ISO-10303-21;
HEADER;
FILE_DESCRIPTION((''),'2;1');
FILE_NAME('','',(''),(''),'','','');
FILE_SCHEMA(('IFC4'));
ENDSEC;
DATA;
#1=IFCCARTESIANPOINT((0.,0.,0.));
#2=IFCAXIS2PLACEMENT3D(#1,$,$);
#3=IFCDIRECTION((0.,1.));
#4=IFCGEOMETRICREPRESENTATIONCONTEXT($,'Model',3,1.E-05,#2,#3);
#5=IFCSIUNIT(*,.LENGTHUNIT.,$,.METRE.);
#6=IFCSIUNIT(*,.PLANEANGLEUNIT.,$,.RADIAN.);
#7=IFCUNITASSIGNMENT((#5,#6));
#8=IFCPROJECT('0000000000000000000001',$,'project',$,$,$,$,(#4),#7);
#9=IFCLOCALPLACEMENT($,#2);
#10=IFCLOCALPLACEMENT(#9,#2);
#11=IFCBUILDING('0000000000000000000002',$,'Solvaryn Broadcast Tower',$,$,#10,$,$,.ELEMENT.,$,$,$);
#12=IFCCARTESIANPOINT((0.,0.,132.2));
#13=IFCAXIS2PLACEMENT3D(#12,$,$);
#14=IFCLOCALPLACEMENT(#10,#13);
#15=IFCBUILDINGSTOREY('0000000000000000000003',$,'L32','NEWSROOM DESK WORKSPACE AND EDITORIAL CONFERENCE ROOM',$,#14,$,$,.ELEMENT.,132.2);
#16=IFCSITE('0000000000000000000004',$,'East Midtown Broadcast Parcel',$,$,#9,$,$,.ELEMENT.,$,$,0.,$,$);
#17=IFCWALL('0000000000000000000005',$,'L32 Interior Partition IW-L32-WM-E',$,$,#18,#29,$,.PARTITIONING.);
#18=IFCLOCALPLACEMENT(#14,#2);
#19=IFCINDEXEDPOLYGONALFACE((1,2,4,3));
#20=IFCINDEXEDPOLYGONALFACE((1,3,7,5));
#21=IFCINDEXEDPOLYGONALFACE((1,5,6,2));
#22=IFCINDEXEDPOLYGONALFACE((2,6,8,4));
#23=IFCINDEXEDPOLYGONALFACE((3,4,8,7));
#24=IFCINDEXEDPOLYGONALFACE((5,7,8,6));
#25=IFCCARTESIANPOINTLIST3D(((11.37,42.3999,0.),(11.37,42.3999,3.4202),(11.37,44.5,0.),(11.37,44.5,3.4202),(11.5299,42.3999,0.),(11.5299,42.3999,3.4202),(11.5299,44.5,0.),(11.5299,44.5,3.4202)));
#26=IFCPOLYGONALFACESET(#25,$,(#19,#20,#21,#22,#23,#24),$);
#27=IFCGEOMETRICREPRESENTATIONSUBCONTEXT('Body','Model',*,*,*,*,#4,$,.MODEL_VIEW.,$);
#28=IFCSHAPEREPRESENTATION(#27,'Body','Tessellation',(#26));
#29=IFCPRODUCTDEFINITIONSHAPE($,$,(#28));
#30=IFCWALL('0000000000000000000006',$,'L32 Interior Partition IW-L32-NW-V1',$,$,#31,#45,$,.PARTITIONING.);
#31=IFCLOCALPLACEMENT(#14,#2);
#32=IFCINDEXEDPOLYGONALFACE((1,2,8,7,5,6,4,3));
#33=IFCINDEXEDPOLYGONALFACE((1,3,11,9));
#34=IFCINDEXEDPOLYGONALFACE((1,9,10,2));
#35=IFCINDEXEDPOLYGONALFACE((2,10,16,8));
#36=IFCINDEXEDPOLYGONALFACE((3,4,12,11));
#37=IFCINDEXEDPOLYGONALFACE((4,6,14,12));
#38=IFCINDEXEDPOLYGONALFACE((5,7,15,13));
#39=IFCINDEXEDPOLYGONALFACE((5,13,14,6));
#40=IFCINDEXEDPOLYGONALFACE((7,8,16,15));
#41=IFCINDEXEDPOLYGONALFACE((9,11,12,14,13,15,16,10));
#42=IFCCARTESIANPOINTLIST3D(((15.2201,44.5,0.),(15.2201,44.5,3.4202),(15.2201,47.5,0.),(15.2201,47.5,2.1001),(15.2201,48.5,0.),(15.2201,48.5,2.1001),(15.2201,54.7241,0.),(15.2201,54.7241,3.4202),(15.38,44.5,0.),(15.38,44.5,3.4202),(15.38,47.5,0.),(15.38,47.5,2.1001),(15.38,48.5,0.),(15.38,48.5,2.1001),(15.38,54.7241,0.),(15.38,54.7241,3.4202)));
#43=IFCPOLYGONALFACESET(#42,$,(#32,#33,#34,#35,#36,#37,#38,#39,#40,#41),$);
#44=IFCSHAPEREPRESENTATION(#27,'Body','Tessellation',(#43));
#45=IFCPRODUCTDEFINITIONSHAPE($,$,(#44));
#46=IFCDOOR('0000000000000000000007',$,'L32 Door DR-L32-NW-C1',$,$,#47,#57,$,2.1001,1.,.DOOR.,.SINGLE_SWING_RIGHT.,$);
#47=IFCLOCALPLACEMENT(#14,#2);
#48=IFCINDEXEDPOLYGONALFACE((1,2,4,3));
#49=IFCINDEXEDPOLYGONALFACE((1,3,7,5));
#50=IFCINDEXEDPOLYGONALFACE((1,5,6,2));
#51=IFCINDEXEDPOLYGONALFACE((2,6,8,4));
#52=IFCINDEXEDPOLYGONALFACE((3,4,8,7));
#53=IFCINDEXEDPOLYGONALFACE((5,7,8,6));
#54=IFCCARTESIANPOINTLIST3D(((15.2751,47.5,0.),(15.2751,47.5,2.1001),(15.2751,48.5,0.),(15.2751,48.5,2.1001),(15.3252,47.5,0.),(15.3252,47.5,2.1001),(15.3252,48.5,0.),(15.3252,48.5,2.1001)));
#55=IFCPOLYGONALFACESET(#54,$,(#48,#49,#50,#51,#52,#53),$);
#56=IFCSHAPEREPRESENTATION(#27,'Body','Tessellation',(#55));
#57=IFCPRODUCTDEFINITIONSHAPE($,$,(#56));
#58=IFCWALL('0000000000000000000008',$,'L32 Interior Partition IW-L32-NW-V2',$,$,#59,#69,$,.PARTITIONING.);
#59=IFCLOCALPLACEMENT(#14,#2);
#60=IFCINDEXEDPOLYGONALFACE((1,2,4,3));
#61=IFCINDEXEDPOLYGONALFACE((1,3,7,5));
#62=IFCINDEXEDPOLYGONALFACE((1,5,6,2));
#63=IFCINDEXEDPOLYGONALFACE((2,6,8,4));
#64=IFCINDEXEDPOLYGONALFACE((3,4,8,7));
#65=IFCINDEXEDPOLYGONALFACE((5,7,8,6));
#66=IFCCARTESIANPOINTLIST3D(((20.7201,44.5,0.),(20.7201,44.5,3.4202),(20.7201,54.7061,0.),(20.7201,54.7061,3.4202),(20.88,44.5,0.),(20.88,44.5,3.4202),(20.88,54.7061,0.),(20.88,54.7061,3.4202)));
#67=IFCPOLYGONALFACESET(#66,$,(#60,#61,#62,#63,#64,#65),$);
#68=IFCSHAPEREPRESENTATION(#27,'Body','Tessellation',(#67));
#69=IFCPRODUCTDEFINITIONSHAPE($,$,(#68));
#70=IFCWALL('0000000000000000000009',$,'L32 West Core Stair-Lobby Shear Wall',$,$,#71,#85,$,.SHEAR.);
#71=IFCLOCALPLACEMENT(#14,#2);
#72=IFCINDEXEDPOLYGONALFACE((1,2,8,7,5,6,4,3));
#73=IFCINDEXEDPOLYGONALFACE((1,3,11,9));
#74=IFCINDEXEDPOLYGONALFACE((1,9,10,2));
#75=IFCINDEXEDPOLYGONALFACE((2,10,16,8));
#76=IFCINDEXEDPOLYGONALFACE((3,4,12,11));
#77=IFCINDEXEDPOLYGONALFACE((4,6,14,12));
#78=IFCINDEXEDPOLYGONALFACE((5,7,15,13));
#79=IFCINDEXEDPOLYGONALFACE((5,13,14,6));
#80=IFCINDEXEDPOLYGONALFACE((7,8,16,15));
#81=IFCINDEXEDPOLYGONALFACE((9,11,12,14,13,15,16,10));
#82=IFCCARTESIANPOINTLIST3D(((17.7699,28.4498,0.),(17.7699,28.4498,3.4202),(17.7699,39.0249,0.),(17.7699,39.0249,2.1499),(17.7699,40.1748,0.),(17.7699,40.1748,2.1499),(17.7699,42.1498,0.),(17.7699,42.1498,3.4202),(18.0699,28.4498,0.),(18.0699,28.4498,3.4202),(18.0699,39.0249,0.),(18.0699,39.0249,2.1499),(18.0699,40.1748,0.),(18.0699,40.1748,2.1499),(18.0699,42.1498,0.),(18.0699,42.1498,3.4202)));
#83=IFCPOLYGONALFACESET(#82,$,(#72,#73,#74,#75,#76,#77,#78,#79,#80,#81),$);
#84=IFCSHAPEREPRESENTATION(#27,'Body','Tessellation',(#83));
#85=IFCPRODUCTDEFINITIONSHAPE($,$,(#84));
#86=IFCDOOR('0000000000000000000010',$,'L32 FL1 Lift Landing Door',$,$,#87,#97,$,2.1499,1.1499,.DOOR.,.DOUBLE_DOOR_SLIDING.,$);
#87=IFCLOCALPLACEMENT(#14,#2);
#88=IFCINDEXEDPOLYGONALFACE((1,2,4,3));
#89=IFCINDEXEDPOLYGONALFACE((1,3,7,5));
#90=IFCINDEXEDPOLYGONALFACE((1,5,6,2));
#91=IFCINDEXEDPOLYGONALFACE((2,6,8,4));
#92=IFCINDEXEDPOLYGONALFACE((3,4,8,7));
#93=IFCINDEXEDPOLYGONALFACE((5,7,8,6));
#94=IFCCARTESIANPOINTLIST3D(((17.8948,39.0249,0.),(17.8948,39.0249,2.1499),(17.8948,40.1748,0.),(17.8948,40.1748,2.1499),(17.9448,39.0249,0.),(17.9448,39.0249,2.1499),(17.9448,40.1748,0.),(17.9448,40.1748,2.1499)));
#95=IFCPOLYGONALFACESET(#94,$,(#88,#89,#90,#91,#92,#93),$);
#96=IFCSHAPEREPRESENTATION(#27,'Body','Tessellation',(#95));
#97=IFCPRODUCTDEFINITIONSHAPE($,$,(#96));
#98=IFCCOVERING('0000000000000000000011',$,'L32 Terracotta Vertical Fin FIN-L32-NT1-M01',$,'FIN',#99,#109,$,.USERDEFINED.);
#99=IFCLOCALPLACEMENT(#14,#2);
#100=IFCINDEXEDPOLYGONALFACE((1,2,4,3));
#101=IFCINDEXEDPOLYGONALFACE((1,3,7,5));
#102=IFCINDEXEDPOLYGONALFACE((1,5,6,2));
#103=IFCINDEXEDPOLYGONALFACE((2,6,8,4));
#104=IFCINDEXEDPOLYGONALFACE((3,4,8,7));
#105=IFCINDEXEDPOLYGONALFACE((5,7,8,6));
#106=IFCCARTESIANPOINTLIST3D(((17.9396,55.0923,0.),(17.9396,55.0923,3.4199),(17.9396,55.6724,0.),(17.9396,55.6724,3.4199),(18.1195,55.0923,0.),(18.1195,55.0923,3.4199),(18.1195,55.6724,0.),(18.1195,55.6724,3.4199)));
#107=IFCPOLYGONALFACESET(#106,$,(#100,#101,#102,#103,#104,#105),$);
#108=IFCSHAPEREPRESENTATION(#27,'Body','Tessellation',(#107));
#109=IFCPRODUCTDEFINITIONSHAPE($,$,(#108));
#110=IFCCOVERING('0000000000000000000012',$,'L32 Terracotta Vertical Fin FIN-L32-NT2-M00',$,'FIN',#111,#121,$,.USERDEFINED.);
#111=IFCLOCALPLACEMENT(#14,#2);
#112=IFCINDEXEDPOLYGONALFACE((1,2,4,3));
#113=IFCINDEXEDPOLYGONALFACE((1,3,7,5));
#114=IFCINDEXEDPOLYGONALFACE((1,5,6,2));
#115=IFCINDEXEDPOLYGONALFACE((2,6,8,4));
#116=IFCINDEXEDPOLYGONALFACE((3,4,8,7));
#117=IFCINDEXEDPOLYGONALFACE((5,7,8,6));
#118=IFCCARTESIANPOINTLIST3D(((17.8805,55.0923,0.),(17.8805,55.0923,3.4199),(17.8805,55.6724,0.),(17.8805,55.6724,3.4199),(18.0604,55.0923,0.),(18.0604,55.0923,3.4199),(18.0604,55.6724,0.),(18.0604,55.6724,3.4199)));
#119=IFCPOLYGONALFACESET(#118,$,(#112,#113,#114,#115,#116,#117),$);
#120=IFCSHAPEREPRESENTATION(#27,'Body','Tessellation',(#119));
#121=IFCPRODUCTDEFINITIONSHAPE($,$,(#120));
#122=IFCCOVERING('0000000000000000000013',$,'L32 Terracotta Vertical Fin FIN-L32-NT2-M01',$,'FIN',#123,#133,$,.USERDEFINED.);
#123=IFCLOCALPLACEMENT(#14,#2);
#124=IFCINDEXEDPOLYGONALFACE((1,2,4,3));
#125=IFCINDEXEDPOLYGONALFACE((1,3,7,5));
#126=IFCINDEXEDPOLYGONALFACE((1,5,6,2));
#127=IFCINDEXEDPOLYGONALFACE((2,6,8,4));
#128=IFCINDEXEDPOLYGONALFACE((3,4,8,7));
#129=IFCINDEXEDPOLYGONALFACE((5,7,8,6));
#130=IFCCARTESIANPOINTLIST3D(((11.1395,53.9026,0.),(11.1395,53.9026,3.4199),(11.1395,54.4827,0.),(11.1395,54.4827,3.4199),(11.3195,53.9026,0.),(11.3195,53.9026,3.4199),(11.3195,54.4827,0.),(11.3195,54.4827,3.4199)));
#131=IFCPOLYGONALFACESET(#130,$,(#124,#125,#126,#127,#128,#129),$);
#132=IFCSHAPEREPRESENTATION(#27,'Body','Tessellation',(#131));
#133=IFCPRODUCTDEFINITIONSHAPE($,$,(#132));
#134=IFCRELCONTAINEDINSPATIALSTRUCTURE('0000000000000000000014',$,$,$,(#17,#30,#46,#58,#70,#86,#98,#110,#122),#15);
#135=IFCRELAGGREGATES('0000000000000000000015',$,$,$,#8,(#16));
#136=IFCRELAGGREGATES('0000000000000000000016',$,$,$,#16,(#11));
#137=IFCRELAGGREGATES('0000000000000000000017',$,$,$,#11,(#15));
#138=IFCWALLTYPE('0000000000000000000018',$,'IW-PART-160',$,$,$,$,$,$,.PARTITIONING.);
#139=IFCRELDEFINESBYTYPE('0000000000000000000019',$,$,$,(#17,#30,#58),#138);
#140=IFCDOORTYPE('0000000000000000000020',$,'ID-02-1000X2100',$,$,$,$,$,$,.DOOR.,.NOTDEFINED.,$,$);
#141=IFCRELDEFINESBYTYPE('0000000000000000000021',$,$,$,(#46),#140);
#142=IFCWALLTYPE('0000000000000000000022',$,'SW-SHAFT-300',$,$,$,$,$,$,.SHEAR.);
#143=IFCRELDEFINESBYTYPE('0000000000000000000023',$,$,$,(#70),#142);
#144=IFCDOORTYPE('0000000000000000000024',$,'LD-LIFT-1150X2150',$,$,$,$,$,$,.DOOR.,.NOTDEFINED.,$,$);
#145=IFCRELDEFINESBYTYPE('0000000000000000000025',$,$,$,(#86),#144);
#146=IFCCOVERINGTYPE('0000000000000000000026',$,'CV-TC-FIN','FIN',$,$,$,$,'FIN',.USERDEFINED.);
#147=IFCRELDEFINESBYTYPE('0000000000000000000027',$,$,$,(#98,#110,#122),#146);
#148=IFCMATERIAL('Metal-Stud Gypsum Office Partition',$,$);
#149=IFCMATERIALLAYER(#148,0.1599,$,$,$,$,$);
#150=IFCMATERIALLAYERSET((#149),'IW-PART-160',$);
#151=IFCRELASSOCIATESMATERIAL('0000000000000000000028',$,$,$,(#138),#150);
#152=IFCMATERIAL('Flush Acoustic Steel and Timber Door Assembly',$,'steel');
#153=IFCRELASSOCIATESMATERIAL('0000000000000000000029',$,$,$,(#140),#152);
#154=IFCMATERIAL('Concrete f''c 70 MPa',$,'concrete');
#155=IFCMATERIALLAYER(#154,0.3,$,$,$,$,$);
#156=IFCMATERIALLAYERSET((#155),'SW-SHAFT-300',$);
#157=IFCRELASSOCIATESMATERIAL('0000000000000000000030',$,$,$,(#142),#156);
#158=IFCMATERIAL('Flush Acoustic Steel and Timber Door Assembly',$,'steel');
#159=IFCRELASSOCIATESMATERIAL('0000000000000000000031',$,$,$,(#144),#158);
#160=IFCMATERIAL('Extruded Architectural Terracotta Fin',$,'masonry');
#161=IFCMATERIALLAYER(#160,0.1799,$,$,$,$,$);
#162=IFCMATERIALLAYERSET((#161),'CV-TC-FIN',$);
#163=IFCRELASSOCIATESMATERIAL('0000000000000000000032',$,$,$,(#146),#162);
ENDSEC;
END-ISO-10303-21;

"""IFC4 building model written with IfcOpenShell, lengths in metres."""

from ifc_helpers import new_model, si_unit, direction, frame, frame_2d, origin, origin_2d, place, context, subcontext, project, spatial, rectangle, extrude, material, layer, layer_set, type_object, element, fill, save


model = new_model("IFC4")

# Units and contexts
model_context = context("Model", 3, precision=1e-05, world=origin(), true_north=direction((0.0, 1.0)))
body_context = subcontext(model_context, "Body", "Model", "MODEL_VIEW")
ifc_project = project(units=[si_unit("LENGTHUNIT", "METRE"), si_unit("PLANEANGLEUNIT", "RADIAN")], contexts=[model_context])

# Site, building, storey
site_placement = place(None, origin())
site = spatial("IfcSite", under=ifc_project, at=site_placement, Name="East Midtown Broadcast Parcel", CompositionType="ELEMENT", RefElevation=0.0)
building_placement = place(site_placement, origin())
building = spatial("IfcBuilding", under=site, at=building_placement, Name="Solvaryn Broadcast Tower", CompositionType="ELEMENT")
storey_placement = place(building_placement, frame((0.0, 0.0, 132.2)))
storey = spatial("IfcBuildingStorey", under=building, at=storey_placement, Name="L32", Description="NEWSROOM DESK WORKSPACE AND EDITORIAL CONFERENCE ROOM", CompositionType="ELEMENT", Elevation=132.2)

# Wall
ifc_material_1 = material(Name="Metal-Stud Gypsum Office Partition")
ifc_layer_1 = layer(ifc_material_1, 0.1599)
ifc_layer_set_1 = layer_set([ifc_layer_1], Name="IW-PART-160")
wall_type_1 = type_object("IfcWallType", Name="IW-PART-160", PredefinedType="PARTITIONING", material=ifc_layer_set_1)
wall_1_placement = place(storey_placement, frame((11.45, 42.3999, 0.0), z_axis=(0.0, 0.0, 1.0), x_axis=(0.0, 1.0, 0.0)))
element("IfcWall", 1, at=wall_1_placement, inside=storey, type_object=wall_type_1, Name="L32 Interior Partition IW-L32-WM-E", PredefinedType="PARTITIONING", context=body_context, shape_type="SweptSolid", body=[
    extrude(rectangle(XDim=2.1001, YDim=0.1599, at=frame_2d((1.05, 0.0))), origin(), (0.0, 0.0, 1.0), 3.4202),
])

# Wall, opening, door
wall_2_placement = place(storey_placement, frame((15.3, 44.5, 0.0), z_axis=(0.0, 0.0, 1.0), x_axis=(0.0, 1.0, 0.0)))
wall_2 = element("IfcWall", 2, at=wall_2_placement, inside=storey, type_object=wall_type_1, Name="L32 Interior Partition IW-L32-NW-V1", PredefinedType="PARTITIONING", context=body_context, shape_type="SweptSolid", body=[
    extrude(rectangle(XDim=10.2241, YDim=0.1599, at=frame_2d((5.1121, 0.0))), origin(), (0.0, 0.0, 1.0), 3.4202),
])
opening_1_placement = place(wall_2_placement, frame((3.0, 0.0, 0.0)))
opening_1 = element("IfcOpeningElement", 3, at=opening_1_placement, cuts=wall_2, PredefinedType="OPENING", context=body_context, shape_type="SweptSolid", body=[
    extrude(rectangle(XDim=1.0, YDim=2.1001, at=frame_2d((0.5, 1.05))), frame((0.0, 0.0901, 0.0), z_axis=(0.0, -1.0, 0.0), x_axis=(1.0, 0.0, 0.0)), (0.0, 0.0, 1.0), 0.1799),
])
ifc_material_2 = material(Name="Flush Acoustic Steel and Timber Door Assembly", Category="steel")
door_type_1 = type_object("IfcDoorType", Name="ID-02-1000X2100", OperationType="NOTDEFINED", PredefinedType="DOOR", material=ifc_material_2)
door_1_placement = place(opening_1_placement, origin())
door_1 = element("IfcDoor", 4, at=door_1_placement, inside=storey, type_object=door_type_1, Name="L32 Door DR-L32-NW-C1", OperationType="SINGLE_SWING_RIGHT", OverallHeight=2.1001, OverallWidth=1.0, PredefinedType="DOOR", context=body_context, shape_type="SweptSolid", body=[
    extrude(rectangle(XDim=1.0, YDim=2.1001, at=frame_2d((0.5, 1.05))), frame((0.0, 0.0249, 0.0), z_axis=(0.0, -1.0, 0.0), x_axis=(1.0, 0.0, 0.0)), (0.0, 0.0, 1.0), 0.05),
])
fill(opening_1, door_1)

# Wall
wall_3_placement = place(storey_placement, frame((20.8, 44.5, 0.0), z_axis=(0.0, 0.0, 1.0), x_axis=(0.0, 1.0, 0.0)))
element("IfcWall", 5, at=wall_3_placement, inside=storey, type_object=wall_type_1, Name="L32 Interior Partition IW-L32-NW-V2", PredefinedType="PARTITIONING", context=body_context, shape_type="SweptSolid", body=[
    extrude(rectangle(XDim=10.2061, YDim=0.1599, at=frame_2d((5.103, 0.0))), origin(), (0.0, 0.0, 1.0), 3.4202),
])

# Wall, opening, door
ifc_material_3 = material(Name="Concrete f'c 70 MPa", Category="concrete")
ifc_layer_2 = layer(ifc_material_3, 0.3)
ifc_layer_set_2 = layer_set([ifc_layer_2], Name="SW-SHAFT-300")
wall_type_2 = type_object("IfcWallType", Name="SW-SHAFT-300", PredefinedType="SHEAR", material=ifc_layer_set_2)
wall_4_placement = place(storey_placement, frame((17.9199, 42.1499, 0.0), z_axis=(0.0, 0.0, 1.0), x_axis=(0.0, -1.0, 0.0)))
wall_4 = element("IfcWall", 6, at=wall_4_placement, inside=storey, type_object=wall_type_2, Name="L32 West Core Stair-Lobby Shear Wall", PredefinedType="SHEAR", context=body_context, shape_type="SweptSolid", body=[
    extrude(rectangle(XDim=13.7, YDim=0.3, at=frame_2d((6.8501, 0.0))), origin(), (0.0, 0.0, 1.0), 3.4202),
])
opening_2_placement = place(wall_4_placement, frame((1.9751, 0.0, 0.0)))
opening_2 = element("IfcOpeningElement", 7, at=opening_2_placement, cuts=wall_4, PredefinedType="OPENING", context=body_context, shape_type="SweptSolid", body=[
    extrude(rectangle(XDim=1.1499, YDim=2.1499, at=frame_2d((0.575, 1.075))), frame((0.0, 0.1599, 0.0), z_axis=(0.0, -1.0, 0.0), x_axis=(1.0, 0.0, 0.0)), (0.0, 0.0, 1.0), 0.3201),
])
ifc_material_4 = material(Name="Flush Acoustic Steel and Timber Door Assembly", Category="steel")
door_type_2 = type_object("IfcDoorType", Name="LD-LIFT-1150X2150", OperationType="NOTDEFINED", PredefinedType="DOOR", material=ifc_material_4)
door_2_placement = place(opening_2_placement, origin())
door_2 = element("IfcDoor", 8, at=door_2_placement, inside=storey, type_object=door_type_2, Name="L32 FL1 Lift Landing Door", OperationType="DOUBLE_DOOR_SLIDING", OverallHeight=2.1499, OverallWidth=1.1499, PredefinedType="DOOR", context=body_context, shape_type="SweptSolid", body=[
    extrude(rectangle(XDim=1.1499, YDim=2.1499, at=frame_2d((0.575, 1.075))), frame((0.0, 0.0249, 0.0), z_axis=(0.0, -1.0, 0.0), x_axis=(1.0, 0.0, 0.0)), (0.0, 0.0, 1.0), 0.05),
])
fill(opening_2, door_2)

# Coverings
ifc_material_5 = material(Name="Extruded Architectural Terracotta Fin", Category="masonry")
ifc_layer_3 = layer(ifc_material_5, 0.1799)
ifc_layer_set_3 = layer_set([ifc_layer_3], Name="CV-TC-FIN")
covering_type = type_object("IfcCoveringType", Name="CV-TC-FIN", Description="FIN", ElementType="FIN", PredefinedType="USERDEFINED", material=ifc_layer_set_3)
for number, where, z_axis, x_axis, name in (
    (9, (18.0295, 55.3823, 0.0), (0.0, 0.0, 1.0), (1.0, 0.0, 0.0), "L32 Terracotta Vertical Fin FIN-L32-NT1-M01"),
    (10, (17.9705, 55.3823, 0.0), (0.0, 0.0, 1.0), (1.0, 0.0, 0.0), "L32 Terracotta Vertical Fin FIN-L32-NT2-M00"),
    (11, (11.2295, 54.1926, 0.0), (0.0, 0.0, 1.0), (1.0, 0.0, 0.0), "L32 Terracotta Vertical Fin FIN-L32-NT2-M01"),
):
    element("IfcCovering", number, at=place(storey_placement, frame(where, z_axis=z_axis, x_axis=x_axis)), inside=storey, type_object=covering_type, Name=name, ObjectType="FIN", PredefinedType="USERDEFINED", context=body_context, shape_type="SweptSolid", body=[
        extrude(rectangle(XDim=0.1799, YDim=0.5801, at=origin_2d()), origin(), (0.0, 0.0, 1.0), 3.4199),
    ])

save(model, "model.ifc")
